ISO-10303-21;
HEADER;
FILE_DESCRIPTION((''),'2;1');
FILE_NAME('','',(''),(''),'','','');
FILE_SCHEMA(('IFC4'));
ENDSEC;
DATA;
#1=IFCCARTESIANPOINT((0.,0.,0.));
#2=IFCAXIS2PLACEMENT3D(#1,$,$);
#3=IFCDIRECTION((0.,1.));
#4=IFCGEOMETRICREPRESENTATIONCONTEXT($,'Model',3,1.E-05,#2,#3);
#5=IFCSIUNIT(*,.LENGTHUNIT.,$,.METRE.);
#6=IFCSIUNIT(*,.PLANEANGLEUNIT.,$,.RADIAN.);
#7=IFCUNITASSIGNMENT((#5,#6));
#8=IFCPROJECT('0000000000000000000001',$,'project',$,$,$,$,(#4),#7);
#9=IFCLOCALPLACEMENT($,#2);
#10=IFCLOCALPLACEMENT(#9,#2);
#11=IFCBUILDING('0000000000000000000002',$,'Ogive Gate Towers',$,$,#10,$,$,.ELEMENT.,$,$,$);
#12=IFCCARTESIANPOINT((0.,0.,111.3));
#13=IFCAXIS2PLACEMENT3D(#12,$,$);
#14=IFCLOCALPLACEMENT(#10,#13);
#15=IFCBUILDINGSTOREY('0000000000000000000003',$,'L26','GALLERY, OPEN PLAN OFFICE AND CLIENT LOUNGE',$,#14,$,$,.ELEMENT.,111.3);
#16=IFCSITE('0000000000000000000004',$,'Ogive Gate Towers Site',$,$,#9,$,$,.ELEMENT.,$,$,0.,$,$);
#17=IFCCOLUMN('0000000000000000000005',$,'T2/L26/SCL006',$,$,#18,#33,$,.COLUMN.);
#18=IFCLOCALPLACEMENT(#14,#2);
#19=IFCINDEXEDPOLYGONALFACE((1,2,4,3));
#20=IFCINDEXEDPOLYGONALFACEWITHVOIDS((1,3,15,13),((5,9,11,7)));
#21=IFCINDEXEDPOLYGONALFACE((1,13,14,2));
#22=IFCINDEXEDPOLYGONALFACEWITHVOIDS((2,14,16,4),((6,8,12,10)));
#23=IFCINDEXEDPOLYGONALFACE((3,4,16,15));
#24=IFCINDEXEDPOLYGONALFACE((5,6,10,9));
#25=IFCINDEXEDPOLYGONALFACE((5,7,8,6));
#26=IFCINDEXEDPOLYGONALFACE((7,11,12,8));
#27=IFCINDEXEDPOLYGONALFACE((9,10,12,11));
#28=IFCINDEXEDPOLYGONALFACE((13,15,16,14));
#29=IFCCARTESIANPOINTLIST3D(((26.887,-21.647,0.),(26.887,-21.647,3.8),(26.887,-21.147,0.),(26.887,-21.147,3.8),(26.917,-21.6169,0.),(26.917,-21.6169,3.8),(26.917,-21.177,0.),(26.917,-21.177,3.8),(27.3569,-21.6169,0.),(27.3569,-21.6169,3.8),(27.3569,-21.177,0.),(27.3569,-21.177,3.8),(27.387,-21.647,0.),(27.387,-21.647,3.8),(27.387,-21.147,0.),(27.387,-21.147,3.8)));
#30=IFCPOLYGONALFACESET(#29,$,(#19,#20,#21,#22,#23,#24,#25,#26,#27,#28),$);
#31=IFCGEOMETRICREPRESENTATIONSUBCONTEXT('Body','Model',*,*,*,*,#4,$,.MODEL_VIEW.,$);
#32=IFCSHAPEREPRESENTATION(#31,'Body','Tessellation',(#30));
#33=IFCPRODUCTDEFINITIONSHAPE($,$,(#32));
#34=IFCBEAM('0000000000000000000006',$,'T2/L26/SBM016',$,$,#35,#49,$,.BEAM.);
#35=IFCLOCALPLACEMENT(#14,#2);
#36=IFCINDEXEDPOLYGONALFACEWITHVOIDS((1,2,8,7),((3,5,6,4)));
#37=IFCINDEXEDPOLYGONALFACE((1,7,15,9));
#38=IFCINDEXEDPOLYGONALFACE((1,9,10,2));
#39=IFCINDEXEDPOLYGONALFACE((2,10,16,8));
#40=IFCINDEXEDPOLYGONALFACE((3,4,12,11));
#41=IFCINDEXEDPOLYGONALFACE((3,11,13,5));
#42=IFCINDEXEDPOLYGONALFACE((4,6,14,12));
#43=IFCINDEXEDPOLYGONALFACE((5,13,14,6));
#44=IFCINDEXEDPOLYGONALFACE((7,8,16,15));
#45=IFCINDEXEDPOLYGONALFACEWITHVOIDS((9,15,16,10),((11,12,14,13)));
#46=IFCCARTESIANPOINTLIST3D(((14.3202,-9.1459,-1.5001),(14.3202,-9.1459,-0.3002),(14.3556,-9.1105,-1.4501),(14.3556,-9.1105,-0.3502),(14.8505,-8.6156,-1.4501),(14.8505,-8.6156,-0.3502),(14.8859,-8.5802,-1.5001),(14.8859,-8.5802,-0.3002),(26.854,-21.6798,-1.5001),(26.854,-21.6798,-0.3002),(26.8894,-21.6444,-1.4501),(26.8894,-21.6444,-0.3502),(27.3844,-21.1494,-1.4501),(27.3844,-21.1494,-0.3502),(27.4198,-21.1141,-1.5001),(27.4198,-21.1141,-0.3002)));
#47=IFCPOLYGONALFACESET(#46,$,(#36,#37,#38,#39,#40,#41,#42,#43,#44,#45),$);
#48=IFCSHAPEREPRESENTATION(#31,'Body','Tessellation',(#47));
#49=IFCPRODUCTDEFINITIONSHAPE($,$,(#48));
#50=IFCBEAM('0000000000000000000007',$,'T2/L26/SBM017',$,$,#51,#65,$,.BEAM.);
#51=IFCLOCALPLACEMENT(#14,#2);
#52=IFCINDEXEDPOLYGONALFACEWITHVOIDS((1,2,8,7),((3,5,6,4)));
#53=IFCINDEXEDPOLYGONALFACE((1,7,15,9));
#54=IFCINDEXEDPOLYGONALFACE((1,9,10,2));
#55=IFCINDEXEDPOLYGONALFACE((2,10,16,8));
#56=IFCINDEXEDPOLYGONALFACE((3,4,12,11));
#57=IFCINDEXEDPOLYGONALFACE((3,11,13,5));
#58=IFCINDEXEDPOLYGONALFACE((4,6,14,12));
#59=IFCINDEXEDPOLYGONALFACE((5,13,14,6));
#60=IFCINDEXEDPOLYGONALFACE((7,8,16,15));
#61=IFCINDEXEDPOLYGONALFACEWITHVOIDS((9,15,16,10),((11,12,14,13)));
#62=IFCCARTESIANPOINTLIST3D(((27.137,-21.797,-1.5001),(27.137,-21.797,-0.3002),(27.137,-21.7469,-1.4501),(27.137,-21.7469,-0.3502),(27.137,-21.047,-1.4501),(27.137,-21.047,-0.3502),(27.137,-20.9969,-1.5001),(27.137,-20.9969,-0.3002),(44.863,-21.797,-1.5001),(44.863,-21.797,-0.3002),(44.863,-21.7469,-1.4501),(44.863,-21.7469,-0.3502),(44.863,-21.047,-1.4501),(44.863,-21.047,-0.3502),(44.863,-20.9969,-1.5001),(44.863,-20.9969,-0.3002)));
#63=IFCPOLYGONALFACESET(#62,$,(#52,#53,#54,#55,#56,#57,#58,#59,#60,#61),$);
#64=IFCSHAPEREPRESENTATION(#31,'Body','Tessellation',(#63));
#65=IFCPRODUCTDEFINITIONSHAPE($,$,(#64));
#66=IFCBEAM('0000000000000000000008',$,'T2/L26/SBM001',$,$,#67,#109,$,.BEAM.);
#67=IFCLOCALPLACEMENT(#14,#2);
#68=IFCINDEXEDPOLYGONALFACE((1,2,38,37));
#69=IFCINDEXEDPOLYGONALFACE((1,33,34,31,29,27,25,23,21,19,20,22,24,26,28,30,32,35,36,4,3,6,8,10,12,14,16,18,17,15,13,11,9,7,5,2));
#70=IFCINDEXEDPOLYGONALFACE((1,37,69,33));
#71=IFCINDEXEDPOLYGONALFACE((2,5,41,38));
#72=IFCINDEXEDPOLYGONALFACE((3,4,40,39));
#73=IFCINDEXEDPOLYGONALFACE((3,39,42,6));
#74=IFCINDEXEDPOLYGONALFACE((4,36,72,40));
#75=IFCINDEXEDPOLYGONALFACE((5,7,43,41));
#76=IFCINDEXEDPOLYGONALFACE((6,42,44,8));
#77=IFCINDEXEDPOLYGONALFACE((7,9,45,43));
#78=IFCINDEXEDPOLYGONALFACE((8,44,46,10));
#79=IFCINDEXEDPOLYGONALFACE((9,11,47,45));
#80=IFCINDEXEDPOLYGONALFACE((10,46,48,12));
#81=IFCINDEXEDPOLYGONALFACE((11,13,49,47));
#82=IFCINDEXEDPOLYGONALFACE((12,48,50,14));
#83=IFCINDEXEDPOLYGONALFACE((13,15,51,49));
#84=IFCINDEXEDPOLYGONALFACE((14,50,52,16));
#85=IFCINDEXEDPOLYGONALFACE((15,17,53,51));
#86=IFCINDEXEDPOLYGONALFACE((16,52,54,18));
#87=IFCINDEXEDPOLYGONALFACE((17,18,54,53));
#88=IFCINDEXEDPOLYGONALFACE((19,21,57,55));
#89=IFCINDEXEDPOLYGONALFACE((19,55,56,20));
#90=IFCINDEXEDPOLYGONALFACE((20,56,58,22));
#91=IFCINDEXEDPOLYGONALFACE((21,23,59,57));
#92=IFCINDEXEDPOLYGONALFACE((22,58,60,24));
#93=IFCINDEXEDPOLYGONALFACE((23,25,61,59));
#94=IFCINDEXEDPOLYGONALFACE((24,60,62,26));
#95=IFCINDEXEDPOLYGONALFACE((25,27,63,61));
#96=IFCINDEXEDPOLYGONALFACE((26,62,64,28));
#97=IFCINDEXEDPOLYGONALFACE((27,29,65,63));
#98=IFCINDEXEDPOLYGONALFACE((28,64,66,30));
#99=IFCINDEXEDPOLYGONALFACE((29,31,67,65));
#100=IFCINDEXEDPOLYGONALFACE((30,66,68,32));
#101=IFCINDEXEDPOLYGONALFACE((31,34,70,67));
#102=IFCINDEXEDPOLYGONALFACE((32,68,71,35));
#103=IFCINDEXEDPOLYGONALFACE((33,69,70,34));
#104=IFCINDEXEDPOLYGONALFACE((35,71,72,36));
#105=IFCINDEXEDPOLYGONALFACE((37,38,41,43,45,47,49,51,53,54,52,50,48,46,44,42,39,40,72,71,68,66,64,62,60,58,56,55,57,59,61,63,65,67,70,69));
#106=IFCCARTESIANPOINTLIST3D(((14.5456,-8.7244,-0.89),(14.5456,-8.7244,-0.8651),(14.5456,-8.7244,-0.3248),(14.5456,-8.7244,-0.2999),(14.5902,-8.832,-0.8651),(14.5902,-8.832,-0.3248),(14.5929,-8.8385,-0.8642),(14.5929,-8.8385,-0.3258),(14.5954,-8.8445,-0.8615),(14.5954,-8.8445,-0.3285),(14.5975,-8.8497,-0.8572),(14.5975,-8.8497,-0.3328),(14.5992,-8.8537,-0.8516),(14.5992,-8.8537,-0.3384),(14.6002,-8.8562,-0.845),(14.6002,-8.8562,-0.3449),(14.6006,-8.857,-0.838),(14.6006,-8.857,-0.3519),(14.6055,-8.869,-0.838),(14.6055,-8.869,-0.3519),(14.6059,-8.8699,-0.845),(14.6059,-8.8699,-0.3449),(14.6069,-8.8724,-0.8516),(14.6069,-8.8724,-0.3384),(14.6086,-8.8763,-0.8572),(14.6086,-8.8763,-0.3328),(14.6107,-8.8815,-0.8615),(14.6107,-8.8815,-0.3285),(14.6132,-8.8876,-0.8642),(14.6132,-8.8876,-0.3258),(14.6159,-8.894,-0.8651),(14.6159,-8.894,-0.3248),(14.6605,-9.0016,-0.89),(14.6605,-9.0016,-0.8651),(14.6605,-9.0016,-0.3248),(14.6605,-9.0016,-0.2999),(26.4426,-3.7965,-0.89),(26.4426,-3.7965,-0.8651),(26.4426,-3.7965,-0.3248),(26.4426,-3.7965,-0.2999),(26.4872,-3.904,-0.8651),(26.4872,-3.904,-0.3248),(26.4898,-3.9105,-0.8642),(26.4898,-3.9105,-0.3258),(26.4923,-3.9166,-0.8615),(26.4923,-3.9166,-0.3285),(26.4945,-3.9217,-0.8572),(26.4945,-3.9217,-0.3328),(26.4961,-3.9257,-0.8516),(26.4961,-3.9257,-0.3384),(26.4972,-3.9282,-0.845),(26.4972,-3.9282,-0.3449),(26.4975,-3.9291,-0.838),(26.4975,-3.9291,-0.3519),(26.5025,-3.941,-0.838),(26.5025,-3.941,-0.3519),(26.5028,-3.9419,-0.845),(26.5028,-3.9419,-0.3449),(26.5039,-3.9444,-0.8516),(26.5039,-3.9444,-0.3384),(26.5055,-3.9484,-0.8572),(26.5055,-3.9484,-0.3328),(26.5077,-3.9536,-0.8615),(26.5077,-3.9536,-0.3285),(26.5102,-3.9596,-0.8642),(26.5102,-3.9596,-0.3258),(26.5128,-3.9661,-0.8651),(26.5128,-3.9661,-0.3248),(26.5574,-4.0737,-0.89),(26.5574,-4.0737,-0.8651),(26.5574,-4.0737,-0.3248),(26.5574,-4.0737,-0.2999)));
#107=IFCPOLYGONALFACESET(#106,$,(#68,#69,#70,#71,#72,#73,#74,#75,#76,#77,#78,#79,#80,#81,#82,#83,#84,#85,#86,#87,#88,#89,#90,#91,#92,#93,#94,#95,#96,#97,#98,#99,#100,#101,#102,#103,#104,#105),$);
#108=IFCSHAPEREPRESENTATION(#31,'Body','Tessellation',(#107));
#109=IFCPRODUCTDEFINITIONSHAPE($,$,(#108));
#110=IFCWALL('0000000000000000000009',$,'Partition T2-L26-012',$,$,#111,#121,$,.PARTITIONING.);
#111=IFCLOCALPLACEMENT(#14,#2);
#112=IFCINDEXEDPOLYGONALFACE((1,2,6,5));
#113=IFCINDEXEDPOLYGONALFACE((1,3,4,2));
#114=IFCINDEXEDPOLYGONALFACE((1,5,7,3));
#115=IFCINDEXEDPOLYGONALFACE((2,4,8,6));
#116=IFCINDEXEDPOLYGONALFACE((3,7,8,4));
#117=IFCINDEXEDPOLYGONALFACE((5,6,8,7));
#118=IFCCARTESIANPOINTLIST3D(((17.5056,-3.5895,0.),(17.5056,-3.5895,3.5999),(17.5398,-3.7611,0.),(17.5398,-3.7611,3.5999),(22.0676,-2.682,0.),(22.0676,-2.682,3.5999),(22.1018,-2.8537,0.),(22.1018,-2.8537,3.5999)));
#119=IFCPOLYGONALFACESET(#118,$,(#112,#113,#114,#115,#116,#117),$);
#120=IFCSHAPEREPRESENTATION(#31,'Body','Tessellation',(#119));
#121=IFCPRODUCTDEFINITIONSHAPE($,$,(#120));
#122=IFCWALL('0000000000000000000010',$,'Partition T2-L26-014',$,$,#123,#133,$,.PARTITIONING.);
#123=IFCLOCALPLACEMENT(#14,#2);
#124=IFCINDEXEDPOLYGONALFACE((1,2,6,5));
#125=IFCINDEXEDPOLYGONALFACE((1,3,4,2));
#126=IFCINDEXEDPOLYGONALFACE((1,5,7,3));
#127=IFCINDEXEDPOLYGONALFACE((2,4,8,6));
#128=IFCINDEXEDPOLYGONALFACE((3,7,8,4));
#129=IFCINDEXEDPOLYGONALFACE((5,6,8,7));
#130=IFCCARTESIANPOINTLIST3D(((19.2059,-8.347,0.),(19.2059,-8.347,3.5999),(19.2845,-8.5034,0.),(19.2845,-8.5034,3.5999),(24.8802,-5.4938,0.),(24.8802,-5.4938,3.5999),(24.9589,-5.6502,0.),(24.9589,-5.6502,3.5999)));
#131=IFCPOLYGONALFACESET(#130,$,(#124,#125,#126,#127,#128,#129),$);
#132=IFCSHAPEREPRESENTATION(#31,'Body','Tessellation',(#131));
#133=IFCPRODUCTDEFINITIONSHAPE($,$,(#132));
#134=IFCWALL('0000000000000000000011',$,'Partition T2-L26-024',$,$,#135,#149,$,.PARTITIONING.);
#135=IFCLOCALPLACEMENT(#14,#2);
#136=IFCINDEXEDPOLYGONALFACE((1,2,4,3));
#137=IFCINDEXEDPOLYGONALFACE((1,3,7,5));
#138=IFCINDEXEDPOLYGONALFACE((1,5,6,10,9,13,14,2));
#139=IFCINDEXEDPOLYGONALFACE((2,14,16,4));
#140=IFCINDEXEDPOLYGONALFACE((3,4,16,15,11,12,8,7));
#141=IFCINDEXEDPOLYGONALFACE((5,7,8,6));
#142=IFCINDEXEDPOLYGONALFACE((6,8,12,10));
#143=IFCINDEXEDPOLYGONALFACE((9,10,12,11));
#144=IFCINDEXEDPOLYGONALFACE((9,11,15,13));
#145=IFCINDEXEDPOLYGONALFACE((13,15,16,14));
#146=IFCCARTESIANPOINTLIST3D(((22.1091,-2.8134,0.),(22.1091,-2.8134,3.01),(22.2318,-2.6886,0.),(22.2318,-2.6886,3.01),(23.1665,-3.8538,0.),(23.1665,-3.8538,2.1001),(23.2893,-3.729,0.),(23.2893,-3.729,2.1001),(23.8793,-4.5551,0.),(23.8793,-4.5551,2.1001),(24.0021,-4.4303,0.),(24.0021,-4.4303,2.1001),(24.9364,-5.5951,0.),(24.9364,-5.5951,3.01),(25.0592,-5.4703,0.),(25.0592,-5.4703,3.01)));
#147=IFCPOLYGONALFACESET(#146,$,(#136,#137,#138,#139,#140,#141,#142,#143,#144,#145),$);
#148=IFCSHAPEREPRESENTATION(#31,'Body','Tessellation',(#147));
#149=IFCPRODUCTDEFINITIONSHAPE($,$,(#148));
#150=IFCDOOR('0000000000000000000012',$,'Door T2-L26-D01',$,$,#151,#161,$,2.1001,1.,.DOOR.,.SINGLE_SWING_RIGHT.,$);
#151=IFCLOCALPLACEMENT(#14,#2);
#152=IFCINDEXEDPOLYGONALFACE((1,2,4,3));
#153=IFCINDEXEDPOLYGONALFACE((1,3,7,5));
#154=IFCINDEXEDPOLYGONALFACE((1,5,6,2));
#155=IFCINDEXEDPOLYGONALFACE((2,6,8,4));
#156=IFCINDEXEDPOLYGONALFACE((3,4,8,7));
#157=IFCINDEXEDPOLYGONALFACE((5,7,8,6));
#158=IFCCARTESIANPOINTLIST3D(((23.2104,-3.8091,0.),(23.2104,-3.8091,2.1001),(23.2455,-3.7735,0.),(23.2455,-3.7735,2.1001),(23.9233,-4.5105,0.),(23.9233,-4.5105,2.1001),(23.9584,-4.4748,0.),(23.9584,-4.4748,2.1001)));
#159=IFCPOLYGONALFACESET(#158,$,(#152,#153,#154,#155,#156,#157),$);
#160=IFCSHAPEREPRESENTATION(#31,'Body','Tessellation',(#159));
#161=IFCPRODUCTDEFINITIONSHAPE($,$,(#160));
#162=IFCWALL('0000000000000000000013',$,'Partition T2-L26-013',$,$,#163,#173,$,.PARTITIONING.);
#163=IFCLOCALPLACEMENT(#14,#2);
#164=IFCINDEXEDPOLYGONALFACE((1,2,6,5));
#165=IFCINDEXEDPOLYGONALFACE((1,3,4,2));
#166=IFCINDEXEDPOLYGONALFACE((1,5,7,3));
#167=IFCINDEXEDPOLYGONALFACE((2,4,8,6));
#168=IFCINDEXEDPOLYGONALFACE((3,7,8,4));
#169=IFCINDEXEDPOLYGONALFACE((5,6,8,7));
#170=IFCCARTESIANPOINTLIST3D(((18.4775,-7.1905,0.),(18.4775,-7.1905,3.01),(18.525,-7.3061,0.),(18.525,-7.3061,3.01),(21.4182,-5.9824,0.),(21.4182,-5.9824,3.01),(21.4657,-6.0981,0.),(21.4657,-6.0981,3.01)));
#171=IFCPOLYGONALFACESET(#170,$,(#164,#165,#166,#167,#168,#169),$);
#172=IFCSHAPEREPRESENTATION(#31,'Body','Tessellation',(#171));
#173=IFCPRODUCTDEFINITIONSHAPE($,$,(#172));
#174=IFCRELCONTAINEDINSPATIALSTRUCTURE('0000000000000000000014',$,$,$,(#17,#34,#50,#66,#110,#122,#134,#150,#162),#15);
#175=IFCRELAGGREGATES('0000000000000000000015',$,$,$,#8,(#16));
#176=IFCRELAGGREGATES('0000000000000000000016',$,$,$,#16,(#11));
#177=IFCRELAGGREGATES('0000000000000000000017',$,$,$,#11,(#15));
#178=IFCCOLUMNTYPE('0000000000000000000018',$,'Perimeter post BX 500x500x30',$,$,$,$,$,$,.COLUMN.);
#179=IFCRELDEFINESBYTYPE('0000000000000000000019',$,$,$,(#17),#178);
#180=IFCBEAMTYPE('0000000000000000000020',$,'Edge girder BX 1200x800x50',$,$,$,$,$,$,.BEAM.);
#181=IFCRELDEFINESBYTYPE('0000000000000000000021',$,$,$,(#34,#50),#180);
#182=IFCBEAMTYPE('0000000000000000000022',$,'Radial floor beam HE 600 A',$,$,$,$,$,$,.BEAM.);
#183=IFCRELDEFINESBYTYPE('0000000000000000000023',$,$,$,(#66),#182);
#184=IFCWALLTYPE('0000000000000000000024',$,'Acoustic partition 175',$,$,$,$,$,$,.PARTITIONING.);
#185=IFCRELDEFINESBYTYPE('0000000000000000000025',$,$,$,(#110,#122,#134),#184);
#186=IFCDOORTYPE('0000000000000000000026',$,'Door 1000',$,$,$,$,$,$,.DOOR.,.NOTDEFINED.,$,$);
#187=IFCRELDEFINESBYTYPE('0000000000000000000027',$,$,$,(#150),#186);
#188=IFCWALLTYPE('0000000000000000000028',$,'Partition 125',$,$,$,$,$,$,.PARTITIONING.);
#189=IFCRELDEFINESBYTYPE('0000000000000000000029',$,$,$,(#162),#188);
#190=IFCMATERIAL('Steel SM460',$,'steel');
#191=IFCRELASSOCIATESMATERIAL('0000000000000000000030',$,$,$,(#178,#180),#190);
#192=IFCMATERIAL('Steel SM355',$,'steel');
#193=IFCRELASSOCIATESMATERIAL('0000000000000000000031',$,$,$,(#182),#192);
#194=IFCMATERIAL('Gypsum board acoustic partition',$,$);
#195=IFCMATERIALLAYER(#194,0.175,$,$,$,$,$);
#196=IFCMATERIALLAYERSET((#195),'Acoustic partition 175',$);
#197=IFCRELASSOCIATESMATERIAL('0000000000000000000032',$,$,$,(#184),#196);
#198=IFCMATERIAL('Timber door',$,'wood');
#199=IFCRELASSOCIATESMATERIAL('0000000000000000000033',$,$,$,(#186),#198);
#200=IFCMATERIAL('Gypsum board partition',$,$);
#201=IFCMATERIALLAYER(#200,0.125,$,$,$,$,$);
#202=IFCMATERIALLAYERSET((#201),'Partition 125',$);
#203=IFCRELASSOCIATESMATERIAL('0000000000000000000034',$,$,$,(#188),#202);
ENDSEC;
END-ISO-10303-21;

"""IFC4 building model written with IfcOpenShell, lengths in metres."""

from ifc_helpers import new_model, si_unit, direction, frame, frame_2d, origin, origin_2d, place, context, subcontext, project, spatial, rectangle, hollow_rectangle, i_section, extrude, material, layer, layer_set, material_profile, profile_set, type_object, element, fill, save


model = new_model("IFC4")

# Units and contexts
model_context = context("Model", 3, precision=1e-05, world=origin(), true_north=direction((0.0, 1.0)))
body_context = subcontext(model_context, "Body", "Model", "MODEL_VIEW")
ifc_project = project(units=[si_unit("LENGTHUNIT", "METRE"), si_unit("PLANEANGLEUNIT", "RADIAN")], contexts=[model_context])

# Site, building, storey
site_placement = place(None, origin())
site = spatial("IfcSite", under=ifc_project, at=site_placement, Name="Ogive Gate Towers Site", CompositionType="ELEMENT", RefElevation=0.0)
building_placement = place(site_placement, origin())
building = spatial("IfcBuilding", under=site, at=building_placement, Name="Ogive Gate Towers", CompositionType="ELEMENT")
storey_placement = place(building_placement, frame((0.0, 0.0, 111.3)))
storey = spatial("IfcBuildingStorey", under=building, at=storey_placement, Name="L26", Description="GALLERY, OPEN PLAN OFFICE AND CLIENT LOUNGE", CompositionType="ELEMENT", Elevation=111.3)

# Column
ifc_material_1 = material(Name="Steel SM460", Category="steel")
ifc_material_profile_1 = material_profile(ifc_material_1, hollow_rectangle(XDim=0.5, YDim=0.5, WallThickness=0.03, at=origin_2d()), Name="BX 500x500x30")
ifc_profile_set_1 = profile_set([ifc_material_profile_1], Name="Steel SM460")
column_type = type_object("IfcColumnType", Name="Perimeter post BX 500x500x30", PredefinedType="COLUMN", material=ifc_profile_set_1)
column_placement = place(storey_placement, frame((27.137, -21.397, 0.0), z_axis=(0.0, 0.0, 1.0), x_axis=(1.0, 0.0, 0.0)))
element("IfcColumn", 1, at=column_placement, inside=storey, type_object=column_type, Name="T2/L26/SCL006", PredefinedType="COLUMN", context=body_context, shape_type="SweptSolid", body=[
    extrude(hollow_rectangle(XDim=0.5, YDim=0.5, WallThickness=0.03, at=origin_2d()), origin(), (0.0, 0.0, 1.0), 3.8),
])

# Beams
ifc_material_profile_2 = material_profile(ifc_material_1, hollow_rectangle(XDim=0.8, YDim=1.2, WallThickness=0.05, at=origin_2d()), Name="BX 1200x800x50")
ifc_profile_set_2 = profile_set([ifc_material_profile_2], Name="Steel SM460")
beam_type_1 = type_object("IfcBeamType", Name="Edge girder BX 1200x800x50", PredefinedType="BEAM", material=ifc_profile_set_2)
beam_1_placement = place(storey_placement, frame((14.603, -8.863, -0.9001), z_axis=(0.707107, -0.707107, 0.0), x_axis=(0.707107, 0.707107, 0.0)))
element("IfcBeam", 2, at=beam_1_placement, inside=storey, type_object=beam_type_1, Name="T2/L26/SBM016", PredefinedType="BEAM", context=body_context, shape_type="SweptSolid", body=[
    extrude(hollow_rectangle(XDim=0.8, YDim=1.2, WallThickness=0.05, at=origin_2d()), origin(), (0.0, 0.0, 1.0), 17.7256),
])
beam_2_placement = place(storey_placement, frame((27.137, -21.397, -0.9001), z_axis=(1.0, 0.0, 0.0), x_axis=(0.0, 1.0, 0.0)))
element("IfcBeam", 3, at=beam_2_placement, inside=storey, type_object=beam_type_1, Name="T2/L26/SBM017", PredefinedType="BEAM", context=body_context, shape_type="SweptSolid", body=[
    extrude(hollow_rectangle(XDim=0.8, YDim=1.2, WallThickness=0.05, at=origin_2d()), origin(), (0.0, 0.0, 1.0), 17.7261),
])
ifc_material_2 = material(Name="Steel SM355", Category="steel")
ifc_material_profile_3 = material_profile(ifc_material_2, i_section(OverallWidth=0.3, OverallDepth=0.5901, WebThickness=0.0129, FlangeThickness=0.0249, FilletRadius=0.0271, at=origin_2d()), Name="HE 600 A")
ifc_profile_set_3 = profile_set([ifc_material_profile_3], Name="Steel SM355")
beam_type_2 = type_object("IfcBeamType", Name="Radial floor beam HE 600 A", PredefinedType="BEAM", material=ifc_profile_set_3)
beam_3_placement = place(storey_placement, frame((26.5, -3.9351, -0.595), z_axis=(-0.923877, -0.382689, 0.0), x_axis=(0.382689, -0.923877, 0.0)))
element("IfcBeam", 4, at=beam_3_placement, inside=storey, type_object=beam_type_2, Name="T2/L26/SBM001", PredefinedType="BEAM", context=body_context, shape_type="SweptSolid", body=[
    extrude(i_section(OverallWidth=0.3, OverallDepth=0.5901, WebThickness=0.0129, FlangeThickness=0.0249, FilletRadius=0.0271, at=origin_2d()), origin(), (0.0, 0.0, 1.0), 12.8772),
])

# Walls
ifc_material_3 = material(Name="Gypsum board acoustic partition")
ifc_layer_1 = layer(ifc_material_3, 0.175)
ifc_layer_set_1 = layer_set([ifc_layer_1], Name="Acoustic partition 175")
wall_type_1 = type_object("IfcWallType", Name="Acoustic partition 175", PredefinedType="PARTITIONING", material=ifc_layer_set_1)
wall_1_placement = place(storey_placement, frame((17.5227, -3.6753, 0.0), z_axis=(0.0, 0.0, 1.0), x_axis=(0.980784, 0.195097, 0.0)))
element("IfcWall", 5, at=wall_1_placement, inside=storey, type_object=wall_type_1, Name="Partition T2-L26-012", PredefinedType="PARTITIONING", context=body_context, shape_type="SweptSolid", body=[
    extrude(rectangle(XDim=4.6514, YDim=0.175, at=frame_2d((2.3257, 0.0))), origin(), (0.0, 0.0, 1.0), 3.5999),
])
wall_2_placement = place(storey_placement, frame((19.2451, -8.4253, 0.0), z_axis=(0.0, 0.0, 1.0), x_axis=(0.89341, 0.449242, 0.0)))
element("IfcWall", 6, at=wall_2_placement, inside=storey, type_object=wall_type_1, Name="Partition T2-L26-014", PredefinedType="PARTITIONING", context=body_context, shape_type="SweptSolid", body=[
    extrude(rectangle(XDim=6.3513, YDim=0.175, at=frame_2d((3.1758, 0.0))), origin(), (0.0, 0.0, 1.0), 3.5999),
])

# Wall, opening, door
wall_3_placement = place(storey_placement, frame((24.9978, -5.5327, 0.0), z_axis=(0.0, 0.0, 1.0), x_axis=(-0.712839, 0.701328, 0.0)))
wall_3 = element("IfcWall", 7, at=wall_3_placement, inside=storey, type_object=wall_type_1, Name="Partition T2-L26-024", PredefinedType="PARTITIONING", context=body_context, shape_type="SweptSolid", body=[
    extrude(rectangle(XDim=3.9663, YDim=0.175, at=frame_2d((1.9832, 0.0))), origin(), (0.0, 0.0, 1.0), 3.01),
])
opening_1_placement = place(wall_3_placement, frame((1.4829, 0.0, 0.0)))
opening_1 = element("IfcOpeningElement", 8, at=opening_1_placement, cuts=wall_3, PredefinedType="OPENING", context=body_context, shape_type="SweptSolid", body=[
    extrude(rectangle(XDim=1.0, YDim=2.1001, at=frame_2d((0.5, 1.05))), frame((0.0, 0.0977, 0.0), z_axis=(0.0, -1.0, 0.0), x_axis=(1.0, 0.0, 0.0)), (0.0, 0.0, 1.0), 0.1951),
])
ifc_material_4 = material(Name="Timber door", Category="wood")
door_type_1 = type_object("IfcDoorType", Name="Door 1000", OperationType="NOTDEFINED", PredefinedType="DOOR", material=ifc_material_4)
door_1_placement = place(opening_1_placement, origin())
door_1 = element("IfcDoor", 9, at=door_1_placement, inside=storey, type_object=door_type_1, Name="Door T2-L26-D01", OperationType="SINGLE_SWING_RIGHT", OverallHeight=2.1001, OverallWidth=1.0, PredefinedType="DOOR", context=body_context, shape_type="SweptSolid", body=[
    extrude(rectangle(XDim=1.0, YDim=2.1001, at=frame_2d((0.5, 1.05))), frame((0.0, 0.0249, 0.0), z_axis=(0.0, -1.0, 0.0), x_axis=(1.0, 0.0, 0.0)), (0.0, 0.0, 1.0), 0.05),
])
fill(opening_1, door_1)

# Wall
ifc_material_5 = material(Name="Gypsum board partition")
ifc_layer_2 = layer(ifc_material_5, 0.125)
ifc_layer_set_2 = layer_set([ifc_layer_2], Name="Partition 125")
wall_type_2 = type_object("IfcWallType", Name="Partition 125", PredefinedType="PARTITIONING", material=ifc_layer_set_2)
wall_4_placement = place(storey_placement, frame((18.5012, -7.2483, 0.0), z_axis=(0.0, 0.0, 1.0), x_axis=(0.924994, 0.379981, 0.0)))
element("IfcWall", 10, at=wall_4_placement, inside=storey, type_object=wall_type_2, Name="Partition T2-L26-013", PredefinedType="PARTITIONING", context=body_context, shape_type="SweptSolid", body=[
    extrude(rectangle(XDim=3.1792, YDim=0.125, at=frame_2d((1.5896, 0.0))), origin(), (0.0, 0.0, 1.0), 3.01),
])

save(model, "model.ifc")
